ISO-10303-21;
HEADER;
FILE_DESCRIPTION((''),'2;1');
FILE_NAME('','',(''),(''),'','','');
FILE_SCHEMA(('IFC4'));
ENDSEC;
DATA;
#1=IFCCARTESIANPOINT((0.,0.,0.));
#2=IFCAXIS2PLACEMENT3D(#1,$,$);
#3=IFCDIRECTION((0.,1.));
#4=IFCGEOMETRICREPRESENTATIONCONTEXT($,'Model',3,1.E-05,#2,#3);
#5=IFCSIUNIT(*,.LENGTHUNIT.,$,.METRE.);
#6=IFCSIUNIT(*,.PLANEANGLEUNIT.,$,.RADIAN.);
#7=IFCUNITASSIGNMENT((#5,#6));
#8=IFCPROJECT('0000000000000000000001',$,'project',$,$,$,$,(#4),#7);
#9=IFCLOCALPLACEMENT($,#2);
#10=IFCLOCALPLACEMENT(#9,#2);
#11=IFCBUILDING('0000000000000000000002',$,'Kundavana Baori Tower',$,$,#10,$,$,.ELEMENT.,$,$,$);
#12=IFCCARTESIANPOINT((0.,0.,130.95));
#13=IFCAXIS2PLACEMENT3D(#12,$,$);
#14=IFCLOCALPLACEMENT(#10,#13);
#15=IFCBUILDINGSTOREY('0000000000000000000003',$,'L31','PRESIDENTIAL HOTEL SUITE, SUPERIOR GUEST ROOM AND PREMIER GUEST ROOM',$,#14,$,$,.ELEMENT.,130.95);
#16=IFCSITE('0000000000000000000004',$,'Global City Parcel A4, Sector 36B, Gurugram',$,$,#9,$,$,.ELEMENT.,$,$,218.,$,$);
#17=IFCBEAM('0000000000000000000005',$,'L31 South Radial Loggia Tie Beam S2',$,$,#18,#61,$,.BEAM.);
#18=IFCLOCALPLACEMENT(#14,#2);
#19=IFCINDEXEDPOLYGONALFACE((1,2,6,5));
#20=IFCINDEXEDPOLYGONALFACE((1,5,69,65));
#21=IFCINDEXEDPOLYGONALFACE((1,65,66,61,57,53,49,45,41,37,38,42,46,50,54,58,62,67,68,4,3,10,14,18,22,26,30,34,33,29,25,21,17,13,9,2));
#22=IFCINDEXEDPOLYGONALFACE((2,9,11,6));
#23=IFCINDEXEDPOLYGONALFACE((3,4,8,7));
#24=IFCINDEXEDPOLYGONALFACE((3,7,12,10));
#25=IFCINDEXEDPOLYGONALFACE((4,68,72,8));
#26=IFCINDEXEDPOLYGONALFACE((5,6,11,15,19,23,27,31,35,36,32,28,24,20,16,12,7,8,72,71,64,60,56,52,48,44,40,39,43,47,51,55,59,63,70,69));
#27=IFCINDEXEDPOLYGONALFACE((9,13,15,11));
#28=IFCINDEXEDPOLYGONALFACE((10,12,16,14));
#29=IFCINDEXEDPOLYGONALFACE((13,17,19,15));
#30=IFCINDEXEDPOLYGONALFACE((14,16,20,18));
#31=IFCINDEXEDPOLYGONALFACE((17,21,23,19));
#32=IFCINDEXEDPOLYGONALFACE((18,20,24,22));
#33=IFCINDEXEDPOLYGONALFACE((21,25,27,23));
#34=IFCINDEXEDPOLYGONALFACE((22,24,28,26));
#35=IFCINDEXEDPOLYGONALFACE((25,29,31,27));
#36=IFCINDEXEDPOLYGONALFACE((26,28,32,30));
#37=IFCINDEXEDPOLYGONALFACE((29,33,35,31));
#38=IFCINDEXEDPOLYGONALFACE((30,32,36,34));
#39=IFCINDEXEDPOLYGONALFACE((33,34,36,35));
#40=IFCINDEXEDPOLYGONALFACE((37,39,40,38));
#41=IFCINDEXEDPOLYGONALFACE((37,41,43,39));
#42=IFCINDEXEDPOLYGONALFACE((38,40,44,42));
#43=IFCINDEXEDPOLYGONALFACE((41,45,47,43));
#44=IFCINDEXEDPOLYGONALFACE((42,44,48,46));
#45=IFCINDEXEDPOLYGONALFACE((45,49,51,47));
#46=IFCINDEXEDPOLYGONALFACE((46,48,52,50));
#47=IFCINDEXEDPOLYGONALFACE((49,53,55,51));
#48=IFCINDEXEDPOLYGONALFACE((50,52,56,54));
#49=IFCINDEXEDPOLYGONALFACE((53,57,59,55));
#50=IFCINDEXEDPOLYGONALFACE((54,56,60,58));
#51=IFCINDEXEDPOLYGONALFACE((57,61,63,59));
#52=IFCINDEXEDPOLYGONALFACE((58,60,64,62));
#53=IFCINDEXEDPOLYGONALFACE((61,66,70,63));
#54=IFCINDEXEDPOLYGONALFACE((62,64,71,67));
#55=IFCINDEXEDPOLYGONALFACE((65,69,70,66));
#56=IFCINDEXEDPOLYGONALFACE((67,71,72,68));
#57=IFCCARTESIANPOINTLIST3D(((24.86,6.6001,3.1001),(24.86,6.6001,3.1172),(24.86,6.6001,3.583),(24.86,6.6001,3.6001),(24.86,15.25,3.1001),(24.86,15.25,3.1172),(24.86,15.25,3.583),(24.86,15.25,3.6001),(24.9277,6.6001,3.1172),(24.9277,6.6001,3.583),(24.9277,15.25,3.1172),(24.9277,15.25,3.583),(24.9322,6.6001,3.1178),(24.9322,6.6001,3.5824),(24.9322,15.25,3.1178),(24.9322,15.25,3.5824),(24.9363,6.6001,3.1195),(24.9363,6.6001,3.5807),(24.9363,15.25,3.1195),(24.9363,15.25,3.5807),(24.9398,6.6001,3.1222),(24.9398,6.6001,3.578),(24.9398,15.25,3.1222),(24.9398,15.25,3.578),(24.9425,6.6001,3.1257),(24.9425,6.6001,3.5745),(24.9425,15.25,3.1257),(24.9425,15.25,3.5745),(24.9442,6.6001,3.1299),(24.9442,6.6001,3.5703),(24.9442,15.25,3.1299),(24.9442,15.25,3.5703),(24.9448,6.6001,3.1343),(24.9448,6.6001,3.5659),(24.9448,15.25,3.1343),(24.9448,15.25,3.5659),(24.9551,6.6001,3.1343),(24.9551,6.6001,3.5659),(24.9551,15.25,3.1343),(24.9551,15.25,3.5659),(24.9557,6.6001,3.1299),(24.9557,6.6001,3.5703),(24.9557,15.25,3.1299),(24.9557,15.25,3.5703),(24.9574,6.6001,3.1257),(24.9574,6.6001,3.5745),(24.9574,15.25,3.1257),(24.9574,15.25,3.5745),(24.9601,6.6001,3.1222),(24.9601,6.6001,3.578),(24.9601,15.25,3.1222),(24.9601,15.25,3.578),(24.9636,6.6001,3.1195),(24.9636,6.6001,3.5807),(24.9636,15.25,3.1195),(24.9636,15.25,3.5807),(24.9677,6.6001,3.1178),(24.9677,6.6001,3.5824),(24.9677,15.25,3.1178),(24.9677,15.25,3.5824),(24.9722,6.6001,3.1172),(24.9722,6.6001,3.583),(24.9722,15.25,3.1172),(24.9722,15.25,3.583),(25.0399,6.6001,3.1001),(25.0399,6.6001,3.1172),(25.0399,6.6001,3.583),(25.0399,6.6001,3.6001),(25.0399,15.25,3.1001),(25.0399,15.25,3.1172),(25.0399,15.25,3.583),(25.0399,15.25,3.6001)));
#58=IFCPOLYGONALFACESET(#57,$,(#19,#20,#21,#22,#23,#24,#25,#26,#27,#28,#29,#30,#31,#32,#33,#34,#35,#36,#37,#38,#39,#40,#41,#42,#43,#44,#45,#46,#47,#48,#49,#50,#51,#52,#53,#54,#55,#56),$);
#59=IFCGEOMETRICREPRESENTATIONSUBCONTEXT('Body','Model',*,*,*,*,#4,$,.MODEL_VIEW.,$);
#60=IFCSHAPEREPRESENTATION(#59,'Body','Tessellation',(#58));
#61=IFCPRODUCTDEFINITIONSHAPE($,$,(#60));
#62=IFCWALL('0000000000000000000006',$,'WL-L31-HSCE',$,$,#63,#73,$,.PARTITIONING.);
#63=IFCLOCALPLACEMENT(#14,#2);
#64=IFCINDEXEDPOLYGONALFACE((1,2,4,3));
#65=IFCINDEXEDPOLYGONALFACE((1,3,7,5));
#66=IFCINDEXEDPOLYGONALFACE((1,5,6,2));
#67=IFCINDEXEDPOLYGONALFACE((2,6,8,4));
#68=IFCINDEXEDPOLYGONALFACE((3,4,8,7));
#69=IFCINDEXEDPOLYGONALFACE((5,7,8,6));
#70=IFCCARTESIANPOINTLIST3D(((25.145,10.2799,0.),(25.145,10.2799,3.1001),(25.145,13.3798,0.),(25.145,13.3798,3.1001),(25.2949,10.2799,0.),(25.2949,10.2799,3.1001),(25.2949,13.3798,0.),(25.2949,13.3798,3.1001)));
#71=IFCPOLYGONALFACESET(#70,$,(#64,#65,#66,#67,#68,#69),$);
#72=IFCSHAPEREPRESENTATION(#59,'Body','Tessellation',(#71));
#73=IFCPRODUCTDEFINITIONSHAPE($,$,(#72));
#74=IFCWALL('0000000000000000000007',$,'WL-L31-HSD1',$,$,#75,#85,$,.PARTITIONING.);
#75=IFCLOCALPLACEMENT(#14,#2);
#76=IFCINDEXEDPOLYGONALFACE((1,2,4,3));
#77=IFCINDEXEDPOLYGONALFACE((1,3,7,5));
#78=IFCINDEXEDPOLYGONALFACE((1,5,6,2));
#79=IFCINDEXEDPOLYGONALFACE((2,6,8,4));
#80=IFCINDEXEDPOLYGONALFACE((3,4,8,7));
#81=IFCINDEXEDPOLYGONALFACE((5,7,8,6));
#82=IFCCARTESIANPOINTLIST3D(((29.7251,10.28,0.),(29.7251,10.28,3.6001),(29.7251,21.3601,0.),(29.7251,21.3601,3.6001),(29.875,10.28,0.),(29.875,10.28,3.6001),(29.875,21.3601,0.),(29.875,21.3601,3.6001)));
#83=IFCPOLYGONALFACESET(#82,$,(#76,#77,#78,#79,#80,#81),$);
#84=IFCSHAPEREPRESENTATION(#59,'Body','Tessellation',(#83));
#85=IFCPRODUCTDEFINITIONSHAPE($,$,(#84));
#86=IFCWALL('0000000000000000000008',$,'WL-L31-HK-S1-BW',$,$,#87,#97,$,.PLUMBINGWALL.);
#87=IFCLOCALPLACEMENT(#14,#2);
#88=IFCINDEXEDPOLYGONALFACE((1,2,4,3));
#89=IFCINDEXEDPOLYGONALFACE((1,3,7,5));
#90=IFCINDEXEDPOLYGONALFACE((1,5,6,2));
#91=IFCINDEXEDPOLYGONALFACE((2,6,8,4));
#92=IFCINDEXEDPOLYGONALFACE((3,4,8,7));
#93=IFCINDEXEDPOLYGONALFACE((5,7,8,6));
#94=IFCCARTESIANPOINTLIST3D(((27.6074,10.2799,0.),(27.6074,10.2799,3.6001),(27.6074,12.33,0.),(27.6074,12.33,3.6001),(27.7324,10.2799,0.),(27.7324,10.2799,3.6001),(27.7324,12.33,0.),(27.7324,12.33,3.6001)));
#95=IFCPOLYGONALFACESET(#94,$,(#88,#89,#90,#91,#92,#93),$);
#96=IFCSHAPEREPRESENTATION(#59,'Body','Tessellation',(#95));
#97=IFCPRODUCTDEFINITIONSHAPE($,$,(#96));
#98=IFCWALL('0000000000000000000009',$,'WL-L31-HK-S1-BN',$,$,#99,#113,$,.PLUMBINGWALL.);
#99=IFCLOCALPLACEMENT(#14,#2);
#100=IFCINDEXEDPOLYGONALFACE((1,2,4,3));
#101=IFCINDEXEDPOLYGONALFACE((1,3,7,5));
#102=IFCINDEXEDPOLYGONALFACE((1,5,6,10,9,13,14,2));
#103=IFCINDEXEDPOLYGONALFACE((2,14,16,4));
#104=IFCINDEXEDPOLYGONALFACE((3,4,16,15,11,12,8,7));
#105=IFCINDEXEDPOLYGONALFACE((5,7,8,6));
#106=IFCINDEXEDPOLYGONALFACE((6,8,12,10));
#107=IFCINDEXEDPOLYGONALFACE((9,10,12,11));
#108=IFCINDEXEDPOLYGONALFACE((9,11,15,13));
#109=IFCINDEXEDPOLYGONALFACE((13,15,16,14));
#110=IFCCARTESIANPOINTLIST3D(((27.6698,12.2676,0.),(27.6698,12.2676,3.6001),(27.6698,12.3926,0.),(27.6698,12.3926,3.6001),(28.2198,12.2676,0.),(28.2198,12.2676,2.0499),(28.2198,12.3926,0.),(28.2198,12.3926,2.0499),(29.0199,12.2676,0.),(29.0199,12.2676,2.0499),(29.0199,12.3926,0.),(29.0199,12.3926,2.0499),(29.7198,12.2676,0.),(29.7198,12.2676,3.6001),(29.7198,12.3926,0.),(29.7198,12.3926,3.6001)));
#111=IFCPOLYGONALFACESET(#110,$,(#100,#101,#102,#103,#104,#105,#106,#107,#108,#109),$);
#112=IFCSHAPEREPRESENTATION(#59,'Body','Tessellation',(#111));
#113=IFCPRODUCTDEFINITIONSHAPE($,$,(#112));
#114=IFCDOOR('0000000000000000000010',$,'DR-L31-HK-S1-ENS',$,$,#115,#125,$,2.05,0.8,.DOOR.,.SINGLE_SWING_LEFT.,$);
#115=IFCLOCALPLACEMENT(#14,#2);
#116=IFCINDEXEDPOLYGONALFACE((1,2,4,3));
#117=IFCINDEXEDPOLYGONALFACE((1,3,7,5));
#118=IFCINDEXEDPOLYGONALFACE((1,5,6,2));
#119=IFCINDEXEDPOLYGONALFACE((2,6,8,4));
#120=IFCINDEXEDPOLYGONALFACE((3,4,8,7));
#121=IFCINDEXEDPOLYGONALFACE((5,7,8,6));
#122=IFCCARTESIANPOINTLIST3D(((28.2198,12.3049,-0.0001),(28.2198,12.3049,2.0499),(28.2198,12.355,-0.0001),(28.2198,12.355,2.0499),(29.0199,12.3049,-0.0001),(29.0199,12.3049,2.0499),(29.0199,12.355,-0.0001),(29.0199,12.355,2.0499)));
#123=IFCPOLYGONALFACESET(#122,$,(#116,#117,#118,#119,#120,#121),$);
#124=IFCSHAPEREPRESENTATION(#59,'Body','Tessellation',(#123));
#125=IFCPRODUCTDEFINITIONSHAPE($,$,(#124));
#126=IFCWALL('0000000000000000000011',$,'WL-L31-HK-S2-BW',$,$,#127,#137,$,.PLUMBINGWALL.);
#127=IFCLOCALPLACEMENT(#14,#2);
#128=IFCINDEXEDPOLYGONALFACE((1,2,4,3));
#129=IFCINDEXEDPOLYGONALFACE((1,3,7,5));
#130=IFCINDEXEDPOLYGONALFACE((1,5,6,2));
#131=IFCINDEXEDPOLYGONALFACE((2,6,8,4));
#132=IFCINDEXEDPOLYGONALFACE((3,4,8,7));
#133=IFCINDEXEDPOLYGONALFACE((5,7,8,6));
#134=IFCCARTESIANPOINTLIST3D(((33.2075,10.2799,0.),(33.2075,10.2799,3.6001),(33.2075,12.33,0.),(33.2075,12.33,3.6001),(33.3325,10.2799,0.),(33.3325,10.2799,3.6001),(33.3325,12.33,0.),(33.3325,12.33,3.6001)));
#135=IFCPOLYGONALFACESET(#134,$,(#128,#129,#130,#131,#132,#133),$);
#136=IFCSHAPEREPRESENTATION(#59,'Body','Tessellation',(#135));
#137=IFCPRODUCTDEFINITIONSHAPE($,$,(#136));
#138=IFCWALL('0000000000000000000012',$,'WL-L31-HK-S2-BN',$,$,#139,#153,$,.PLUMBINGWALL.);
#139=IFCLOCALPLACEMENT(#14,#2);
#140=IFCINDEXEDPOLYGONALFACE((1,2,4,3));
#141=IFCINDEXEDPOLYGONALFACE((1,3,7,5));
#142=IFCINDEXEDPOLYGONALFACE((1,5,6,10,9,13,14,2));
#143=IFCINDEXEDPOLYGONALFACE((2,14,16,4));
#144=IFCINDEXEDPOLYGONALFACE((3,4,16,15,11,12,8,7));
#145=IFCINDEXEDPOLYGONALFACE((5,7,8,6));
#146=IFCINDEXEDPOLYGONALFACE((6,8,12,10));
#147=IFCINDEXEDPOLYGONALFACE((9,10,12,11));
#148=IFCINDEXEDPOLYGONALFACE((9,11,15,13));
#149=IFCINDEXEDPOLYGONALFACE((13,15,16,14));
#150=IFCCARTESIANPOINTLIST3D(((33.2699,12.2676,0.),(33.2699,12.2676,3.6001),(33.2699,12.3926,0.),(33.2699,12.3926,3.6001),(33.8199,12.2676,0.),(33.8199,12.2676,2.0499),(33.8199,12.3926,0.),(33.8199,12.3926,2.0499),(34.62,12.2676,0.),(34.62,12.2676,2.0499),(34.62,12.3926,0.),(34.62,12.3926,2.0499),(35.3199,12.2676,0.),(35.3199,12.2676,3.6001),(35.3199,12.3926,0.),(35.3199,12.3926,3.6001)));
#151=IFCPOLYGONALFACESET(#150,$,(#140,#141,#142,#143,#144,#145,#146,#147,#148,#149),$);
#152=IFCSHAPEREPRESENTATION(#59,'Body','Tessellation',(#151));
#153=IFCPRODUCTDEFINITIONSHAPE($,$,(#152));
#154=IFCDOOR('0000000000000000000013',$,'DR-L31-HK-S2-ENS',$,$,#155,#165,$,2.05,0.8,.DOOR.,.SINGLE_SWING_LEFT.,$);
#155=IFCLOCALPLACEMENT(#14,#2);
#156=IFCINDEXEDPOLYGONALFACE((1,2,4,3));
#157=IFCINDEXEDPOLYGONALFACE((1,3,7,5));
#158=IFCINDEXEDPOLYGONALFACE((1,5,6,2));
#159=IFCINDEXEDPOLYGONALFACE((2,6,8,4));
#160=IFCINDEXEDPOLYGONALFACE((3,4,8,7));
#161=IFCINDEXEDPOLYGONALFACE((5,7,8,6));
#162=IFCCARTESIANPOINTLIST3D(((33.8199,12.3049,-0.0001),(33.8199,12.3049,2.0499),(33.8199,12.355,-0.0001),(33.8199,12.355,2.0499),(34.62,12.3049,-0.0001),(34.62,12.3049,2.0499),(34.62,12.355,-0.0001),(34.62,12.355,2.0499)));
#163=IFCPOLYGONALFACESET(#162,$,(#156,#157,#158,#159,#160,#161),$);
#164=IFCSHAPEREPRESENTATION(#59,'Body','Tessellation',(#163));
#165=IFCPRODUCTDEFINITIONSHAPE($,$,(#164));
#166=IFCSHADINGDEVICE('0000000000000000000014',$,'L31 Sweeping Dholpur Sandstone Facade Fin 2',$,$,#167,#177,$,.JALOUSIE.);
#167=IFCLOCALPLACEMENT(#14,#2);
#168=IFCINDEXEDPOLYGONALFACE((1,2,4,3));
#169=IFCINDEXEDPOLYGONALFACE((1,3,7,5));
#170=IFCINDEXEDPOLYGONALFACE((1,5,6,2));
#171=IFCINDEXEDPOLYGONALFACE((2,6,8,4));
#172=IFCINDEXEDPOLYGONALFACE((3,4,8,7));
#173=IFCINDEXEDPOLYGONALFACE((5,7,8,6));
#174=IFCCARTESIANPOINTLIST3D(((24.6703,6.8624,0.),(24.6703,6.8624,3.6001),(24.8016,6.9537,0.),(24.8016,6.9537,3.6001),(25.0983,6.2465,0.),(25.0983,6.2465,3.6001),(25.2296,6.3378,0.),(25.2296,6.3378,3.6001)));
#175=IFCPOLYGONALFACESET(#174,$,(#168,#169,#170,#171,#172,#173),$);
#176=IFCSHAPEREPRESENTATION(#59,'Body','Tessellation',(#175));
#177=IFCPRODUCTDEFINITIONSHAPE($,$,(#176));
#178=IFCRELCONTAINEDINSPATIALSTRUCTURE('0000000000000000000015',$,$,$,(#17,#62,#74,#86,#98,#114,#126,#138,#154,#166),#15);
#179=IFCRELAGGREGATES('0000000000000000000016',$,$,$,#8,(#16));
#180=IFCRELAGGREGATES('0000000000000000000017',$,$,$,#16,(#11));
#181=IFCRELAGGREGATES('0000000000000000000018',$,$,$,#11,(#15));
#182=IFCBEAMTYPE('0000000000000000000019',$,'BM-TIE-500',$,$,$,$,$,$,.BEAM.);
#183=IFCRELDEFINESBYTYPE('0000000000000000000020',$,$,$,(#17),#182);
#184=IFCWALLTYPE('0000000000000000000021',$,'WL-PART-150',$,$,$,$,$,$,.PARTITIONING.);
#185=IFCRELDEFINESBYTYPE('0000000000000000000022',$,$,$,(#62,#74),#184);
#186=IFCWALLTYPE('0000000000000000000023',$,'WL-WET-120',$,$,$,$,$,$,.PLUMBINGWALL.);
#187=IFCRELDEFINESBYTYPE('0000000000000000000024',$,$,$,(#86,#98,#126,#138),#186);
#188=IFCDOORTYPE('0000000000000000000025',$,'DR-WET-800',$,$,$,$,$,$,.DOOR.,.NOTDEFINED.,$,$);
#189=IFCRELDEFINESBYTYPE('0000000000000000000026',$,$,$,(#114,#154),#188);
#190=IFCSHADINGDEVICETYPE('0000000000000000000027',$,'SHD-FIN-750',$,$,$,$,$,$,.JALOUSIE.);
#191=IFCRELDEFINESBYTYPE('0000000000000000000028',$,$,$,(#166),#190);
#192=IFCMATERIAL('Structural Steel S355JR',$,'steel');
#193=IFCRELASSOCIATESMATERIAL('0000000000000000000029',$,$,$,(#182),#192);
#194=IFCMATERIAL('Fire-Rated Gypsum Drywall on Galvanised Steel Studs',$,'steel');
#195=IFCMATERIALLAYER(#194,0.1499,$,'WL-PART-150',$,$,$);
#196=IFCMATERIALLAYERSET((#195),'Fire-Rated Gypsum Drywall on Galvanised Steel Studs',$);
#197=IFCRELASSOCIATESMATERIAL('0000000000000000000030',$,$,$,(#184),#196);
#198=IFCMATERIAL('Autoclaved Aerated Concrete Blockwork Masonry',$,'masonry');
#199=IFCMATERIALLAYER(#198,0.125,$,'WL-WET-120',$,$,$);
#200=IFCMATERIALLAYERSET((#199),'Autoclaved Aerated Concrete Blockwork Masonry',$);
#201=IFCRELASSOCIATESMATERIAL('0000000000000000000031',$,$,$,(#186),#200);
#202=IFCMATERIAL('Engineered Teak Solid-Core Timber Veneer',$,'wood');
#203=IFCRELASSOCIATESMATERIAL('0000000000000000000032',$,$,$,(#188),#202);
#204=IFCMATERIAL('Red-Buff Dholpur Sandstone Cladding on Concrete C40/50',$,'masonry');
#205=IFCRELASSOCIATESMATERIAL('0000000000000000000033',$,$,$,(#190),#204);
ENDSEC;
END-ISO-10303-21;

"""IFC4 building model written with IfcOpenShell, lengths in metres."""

from ifc_helpers import new_model, si_unit, direction, frame, frame_2d, origin, origin_2d, place, context, subcontext, project, spatial, rectangle, i_section, extrude, material, layer, layer_set, material_profile, profile_set, type_object, element, fill, save


model = new_model("IFC4")

# Units and contexts
model_context = context("Model", 3, precision=1e-05, world=origin(), true_north=direction((0.0, 1.0)))
body_context = subcontext(model_context, "Body", "Model", "MODEL_VIEW")
ifc_project = project(units=[si_unit("LENGTHUNIT", "METRE"), si_unit("PLANEANGLEUNIT", "RADIAN")], contexts=[model_context])

# Site, building, storey
site_placement = place(None, origin())
site = spatial("IfcSite", under=ifc_project, at=site_placement, Name="Global City Parcel A4, Sector 36B, Gurugram", CompositionType="ELEMENT", RefElevation=218.0)
building_placement = place(site_placement, origin())
building = spatial("IfcBuilding", under=site, at=building_placement, Name="Kundavana Baori Tower", CompositionType="ELEMENT")
storey_placement = place(building_placement, frame((0.0, 0.0, 130.95)))
storey = spatial("IfcBuildingStorey", under=building, at=storey_placement, Name="L31", Description="PRESIDENTIAL HOTEL SUITE, SUPERIOR GUEST ROOM AND PREMIER GUEST ROOM", CompositionType="ELEMENT", Elevation=130.95)

# Beam
ifc_material_1 = material(Name="Structural Steel S355JR", Category="steel")
ifc_material_profile_1 = material_profile(ifc_material_1, i_section(OverallWidth=0.1799, OverallDepth=0.5, WebThickness=0.0103, FlangeThickness=0.0171, FilletRadius=0.0171, at=origin_2d()), Name="ISMB 500")
ifc_profile_set_1 = profile_set([ifc_material_profile_1], Name="Structural Steel S355JR")
beam_type_1 = type_object("IfcBeamType", Name="BM-TIE-500", PredefinedType="BEAM", material=ifc_profile_set_1)
beam_1_placement = place(storey_placement, frame((24.95, 15.25, 3.3501), z_axis=(0.0, -1.0, 0.0), x_axis=(1.0, 0.0, 0.0)))
element("IfcBeam", 1, at=beam_1_placement, inside=storey, type_object=beam_type_1, Name="L31 South Radial Loggia Tie Beam S2", PredefinedType="BEAM", context=body_context, shape_type="SweptSolid", body=[
    extrude(i_section(OverallWidth=0.1799, OverallDepth=0.5, WebThickness=0.0103, FlangeThickness=0.0171, FilletRadius=0.0171, at=origin_2d()), origin(), (0.0, 0.0, 1.0), 8.6499),
])

# Walls
ifc_material_2 = material(Name="Fire-Rated Gypsum Drywall on Galvanised Steel Studs", Category="steel")
ifc_layer_1 = layer(ifc_material_2, 0.1499, Name="WL-PART-150")
ifc_layer_set_1 = layer_set([ifc_layer_1], Name="Fire-Rated Gypsum Drywall on Galvanised Steel Studs")
wall_type_1 = type_object("IfcWallType", Name="WL-PART-150", PredefinedType="PARTITIONING", material=ifc_layer_set_1)
wall_1_placement = place(storey_placement, frame((25.22, 10.28, 0.0), z_axis=(0.0, 0.0, 1.0), x_axis=(0.0, 1.0, 0.0)))
element("IfcWall", 2, at=wall_1_placement, inside=storey, type_object=wall_type_1, Name="WL-L31-HSCE", PredefinedType="PARTITIONING", context=body_context, shape_type="SweptSolid", body=[
    extrude(rectangle(XDim=3.0999, YDim=0.1499, at=frame_2d((1.5498, 0.0))), origin(), (0.0, 0.0, 1.0), 3.1001),
])
wall_2_placement = place(storey_placement, frame((29.8, 10.28, 0.0), z_axis=(0.0, 0.0, 1.0), x_axis=(0.0, 1.0, 0.0)))
element("IfcWall", 3, at=wall_2_placement, inside=storey, type_object=wall_type_1, Name="WL-L31-HSD1", PredefinedType="PARTITIONING", context=body_context, shape_type="SweptSolid", body=[
    extrude(rectangle(XDim=11.0801, YDim=0.1499, at=frame_2d((5.54, 0.0))), origin(), (0.0, 0.0, 1.0), 3.6001),
])
ifc_material_3 = material(Name="Autoclaved Aerated Concrete Blockwork Masonry", Category="masonry")
ifc_layer_2 = layer(ifc_material_3, 0.125, Name="WL-WET-120")
ifc_layer_set_2 = layer_set([ifc_layer_2], Name="Autoclaved Aerated Concrete Blockwork Masonry")
wall_type_2 = type_object("IfcWallType", Name="WL-WET-120", PredefinedType="PLUMBINGWALL", material=ifc_layer_set_2)
wall_3_placement = place(storey_placement, frame((27.6699, 10.28, 0.0), z_axis=(0.0, 0.0, 1.0), x_axis=(0.0, 1.0, 0.0)))
element("IfcWall", 4, at=wall_3_placement, inside=storey, type_object=wall_type_2, Name="WL-L31-HK-S1-BW", PredefinedType="PLUMBINGWALL", context=body_context, shape_type="SweptSolid", body=[
    extrude(rectangle(XDim=2.05, YDim=0.125, at=frame_2d((1.0249, 0.0))), origin(), (0.0, 0.0, 1.0), 3.6001),
])

# Wall, opening, door
wall_4_placement = place(storey_placement, frame((27.6699, 12.3301, 0.0), z_axis=(0.0, 0.0, 1.0), x_axis=(1.0, 0.0, 0.0)))
wall_4 = element("IfcWall", 5, at=wall_4_placement, inside=storey, type_object=wall_type_2, Name="WL-L31-HK-S1-BN", PredefinedType="PLUMBINGWALL", context=body_context, shape_type="SweptSolid", body=[
    extrude(rectangle(XDim=2.05, YDim=0.125, at=frame_2d((1.0249, 0.0))), origin(), (0.0, 0.0, 1.0), 3.6001),
])
opening_1_placement = place(wall_4_placement, frame((0.55, 0.0, 0.0)))
opening_1 = element("IfcOpeningElement", 6, at=opening_1_placement, cuts=wall_4, PredefinedType="OPENING", context=body_context, shape_type="SweptSolid", body=[
    extrude(rectangle(XDim=0.8, YDim=2.05, at=frame_2d((0.3999, 1.0249))), frame((0.0, 0.0725, 0.0), z_axis=(0.0, -1.0, 0.0), x_axis=(1.0, 0.0, 0.0)), (0.0, 0.0, 1.0), 0.145),
])
ifc_material_4 = material(Name="Engineered Teak Solid-Core Timber Veneer", Category="wood")
door_type = type_object("IfcDoorType", Name="DR-WET-800", OperationType="NOTDEFINED", PredefinedType="DOOR", material=ifc_material_4)
door_1_placement = place(opening_1_placement, origin())
door_1 = element("IfcDoor", 7, at=door_1_placement, inside=storey, type_object=door_type, Name="DR-L31-HK-S1-ENS", OperationType="SINGLE_SWING_LEFT", OverallHeight=2.05, OverallWidth=0.8, PredefinedType="DOOR", context=body_context, shape_type="SweptSolid", body=[
    extrude(rectangle(XDim=0.8, YDim=2.05, at=frame_2d((0.3999, 1.0249))), frame((0.0, 0.0249, 0.0), z_axis=(0.0, -1.0, 0.0), x_axis=(1.0, 0.0, 0.0)), (0.0, 0.0, 1.0), 0.05),
])
fill(opening_1, door_1)

# Wall
wall_5_placement = place(storey_placement, frame((33.27, 10.28, 0.0), z_axis=(0.0, 0.0, 1.0), x_axis=(0.0, 1.0, 0.0)))
element("IfcWall", 8, at=wall_5_placement, inside=storey, type_object=wall_type_2, Name="WL-L31-HK-S2-BW", PredefinedType="PLUMBINGWALL", context=body_context, shape_type="SweptSolid", body=[
    extrude(rectangle(XDim=2.05, YDim=0.125, at=frame_2d((1.0249, 0.0))), origin(), (0.0, 0.0, 1.0), 3.6001),
])

# Wall, opening, door
wall_6_placement = place(storey_placement, frame((33.27, 12.3301, 0.0), z_axis=(0.0, 0.0, 1.0), x_axis=(1.0, 0.0, 0.0)))
wall_6 = element("IfcWall", 9, at=wall_6_placement, inside=storey, type_object=wall_type_2, Name="WL-L31-HK-S2-BN", PredefinedType="PLUMBINGWALL", context=body_context, shape_type="SweptSolid", body=[
    extrude(rectangle(XDim=2.05, YDim=0.125, at=frame_2d((1.0249, 0.0))), origin(), (0.0, 0.0, 1.0), 3.6001),
])
opening_2_placement = place(wall_6_placement, frame((0.55, 0.0, 0.0)))
opening_2 = element("IfcOpeningElement", 10, at=opening_2_placement, cuts=wall_6, PredefinedType="OPENING", context=body_context, shape_type="SweptSolid", body=[
    extrude(rectangle(XDim=0.8, YDim=2.05, at=frame_2d((0.3999, 1.0249))), frame((0.0, 0.0725, 0.0), z_axis=(0.0, -1.0, 0.0), x_axis=(1.0, 0.0, 0.0)), (0.0, 0.0, 1.0), 0.145),
])
door_2_placement = place(opening_2_placement, origin())
door_2 = element("IfcDoor", 11, at=door_2_placement, inside=storey, type_object=door_type, Name="DR-L31-HK-S2-ENS", OperationType="SINGLE_SWING_LEFT", OverallHeight=2.05, OverallWidth=0.8, PredefinedType="DOOR", context=body_context, shape_type="SweptSolid", body=[
    extrude(rectangle(XDim=0.8, YDim=2.05, at=frame_2d((0.3999, 1.0249))), frame((0.0, 0.0249, 0.0), z_axis=(0.0, -1.0, 0.0), x_axis=(1.0, 0.0, 0.0)), (0.0, 0.0, 1.0), 0.05),
])
fill(opening_2, door_2)

# Shading device
ifc_material_5 = material(Name="Red-Buff Dholpur Sandstone Cladding on Concrete C40/50", Category="masonry")
shading_device_type_1 = type_object("IfcShadingDeviceType", Name="SHD-FIN-750", PredefinedType="JALOUSIE", material=ifc_material_5)
shading_device_1_placement = place(storey_placement, frame((24.95, 6.6001, 0.0), z_axis=(0.0, 0.0, 1.0), x_axis=(0.821149, 0.570714, 0.0)))
element("IfcShadingDevice", 12, at=shading_device_1_placement, inside=storey, type_object=shading_device_type_1, Name="L31 Sweeping Dholpur Sandstone Facade Fin 2", PredefinedType="JALOUSIE", context=body_context, shape_type="SweptSolid", body=[
    extrude(rectangle(XDim=0.1599, YDim=0.75, at=origin_2d()), origin(), (0.0, 0.0, 1.0), 3.6001),
])

save(model, "model.ifc")
